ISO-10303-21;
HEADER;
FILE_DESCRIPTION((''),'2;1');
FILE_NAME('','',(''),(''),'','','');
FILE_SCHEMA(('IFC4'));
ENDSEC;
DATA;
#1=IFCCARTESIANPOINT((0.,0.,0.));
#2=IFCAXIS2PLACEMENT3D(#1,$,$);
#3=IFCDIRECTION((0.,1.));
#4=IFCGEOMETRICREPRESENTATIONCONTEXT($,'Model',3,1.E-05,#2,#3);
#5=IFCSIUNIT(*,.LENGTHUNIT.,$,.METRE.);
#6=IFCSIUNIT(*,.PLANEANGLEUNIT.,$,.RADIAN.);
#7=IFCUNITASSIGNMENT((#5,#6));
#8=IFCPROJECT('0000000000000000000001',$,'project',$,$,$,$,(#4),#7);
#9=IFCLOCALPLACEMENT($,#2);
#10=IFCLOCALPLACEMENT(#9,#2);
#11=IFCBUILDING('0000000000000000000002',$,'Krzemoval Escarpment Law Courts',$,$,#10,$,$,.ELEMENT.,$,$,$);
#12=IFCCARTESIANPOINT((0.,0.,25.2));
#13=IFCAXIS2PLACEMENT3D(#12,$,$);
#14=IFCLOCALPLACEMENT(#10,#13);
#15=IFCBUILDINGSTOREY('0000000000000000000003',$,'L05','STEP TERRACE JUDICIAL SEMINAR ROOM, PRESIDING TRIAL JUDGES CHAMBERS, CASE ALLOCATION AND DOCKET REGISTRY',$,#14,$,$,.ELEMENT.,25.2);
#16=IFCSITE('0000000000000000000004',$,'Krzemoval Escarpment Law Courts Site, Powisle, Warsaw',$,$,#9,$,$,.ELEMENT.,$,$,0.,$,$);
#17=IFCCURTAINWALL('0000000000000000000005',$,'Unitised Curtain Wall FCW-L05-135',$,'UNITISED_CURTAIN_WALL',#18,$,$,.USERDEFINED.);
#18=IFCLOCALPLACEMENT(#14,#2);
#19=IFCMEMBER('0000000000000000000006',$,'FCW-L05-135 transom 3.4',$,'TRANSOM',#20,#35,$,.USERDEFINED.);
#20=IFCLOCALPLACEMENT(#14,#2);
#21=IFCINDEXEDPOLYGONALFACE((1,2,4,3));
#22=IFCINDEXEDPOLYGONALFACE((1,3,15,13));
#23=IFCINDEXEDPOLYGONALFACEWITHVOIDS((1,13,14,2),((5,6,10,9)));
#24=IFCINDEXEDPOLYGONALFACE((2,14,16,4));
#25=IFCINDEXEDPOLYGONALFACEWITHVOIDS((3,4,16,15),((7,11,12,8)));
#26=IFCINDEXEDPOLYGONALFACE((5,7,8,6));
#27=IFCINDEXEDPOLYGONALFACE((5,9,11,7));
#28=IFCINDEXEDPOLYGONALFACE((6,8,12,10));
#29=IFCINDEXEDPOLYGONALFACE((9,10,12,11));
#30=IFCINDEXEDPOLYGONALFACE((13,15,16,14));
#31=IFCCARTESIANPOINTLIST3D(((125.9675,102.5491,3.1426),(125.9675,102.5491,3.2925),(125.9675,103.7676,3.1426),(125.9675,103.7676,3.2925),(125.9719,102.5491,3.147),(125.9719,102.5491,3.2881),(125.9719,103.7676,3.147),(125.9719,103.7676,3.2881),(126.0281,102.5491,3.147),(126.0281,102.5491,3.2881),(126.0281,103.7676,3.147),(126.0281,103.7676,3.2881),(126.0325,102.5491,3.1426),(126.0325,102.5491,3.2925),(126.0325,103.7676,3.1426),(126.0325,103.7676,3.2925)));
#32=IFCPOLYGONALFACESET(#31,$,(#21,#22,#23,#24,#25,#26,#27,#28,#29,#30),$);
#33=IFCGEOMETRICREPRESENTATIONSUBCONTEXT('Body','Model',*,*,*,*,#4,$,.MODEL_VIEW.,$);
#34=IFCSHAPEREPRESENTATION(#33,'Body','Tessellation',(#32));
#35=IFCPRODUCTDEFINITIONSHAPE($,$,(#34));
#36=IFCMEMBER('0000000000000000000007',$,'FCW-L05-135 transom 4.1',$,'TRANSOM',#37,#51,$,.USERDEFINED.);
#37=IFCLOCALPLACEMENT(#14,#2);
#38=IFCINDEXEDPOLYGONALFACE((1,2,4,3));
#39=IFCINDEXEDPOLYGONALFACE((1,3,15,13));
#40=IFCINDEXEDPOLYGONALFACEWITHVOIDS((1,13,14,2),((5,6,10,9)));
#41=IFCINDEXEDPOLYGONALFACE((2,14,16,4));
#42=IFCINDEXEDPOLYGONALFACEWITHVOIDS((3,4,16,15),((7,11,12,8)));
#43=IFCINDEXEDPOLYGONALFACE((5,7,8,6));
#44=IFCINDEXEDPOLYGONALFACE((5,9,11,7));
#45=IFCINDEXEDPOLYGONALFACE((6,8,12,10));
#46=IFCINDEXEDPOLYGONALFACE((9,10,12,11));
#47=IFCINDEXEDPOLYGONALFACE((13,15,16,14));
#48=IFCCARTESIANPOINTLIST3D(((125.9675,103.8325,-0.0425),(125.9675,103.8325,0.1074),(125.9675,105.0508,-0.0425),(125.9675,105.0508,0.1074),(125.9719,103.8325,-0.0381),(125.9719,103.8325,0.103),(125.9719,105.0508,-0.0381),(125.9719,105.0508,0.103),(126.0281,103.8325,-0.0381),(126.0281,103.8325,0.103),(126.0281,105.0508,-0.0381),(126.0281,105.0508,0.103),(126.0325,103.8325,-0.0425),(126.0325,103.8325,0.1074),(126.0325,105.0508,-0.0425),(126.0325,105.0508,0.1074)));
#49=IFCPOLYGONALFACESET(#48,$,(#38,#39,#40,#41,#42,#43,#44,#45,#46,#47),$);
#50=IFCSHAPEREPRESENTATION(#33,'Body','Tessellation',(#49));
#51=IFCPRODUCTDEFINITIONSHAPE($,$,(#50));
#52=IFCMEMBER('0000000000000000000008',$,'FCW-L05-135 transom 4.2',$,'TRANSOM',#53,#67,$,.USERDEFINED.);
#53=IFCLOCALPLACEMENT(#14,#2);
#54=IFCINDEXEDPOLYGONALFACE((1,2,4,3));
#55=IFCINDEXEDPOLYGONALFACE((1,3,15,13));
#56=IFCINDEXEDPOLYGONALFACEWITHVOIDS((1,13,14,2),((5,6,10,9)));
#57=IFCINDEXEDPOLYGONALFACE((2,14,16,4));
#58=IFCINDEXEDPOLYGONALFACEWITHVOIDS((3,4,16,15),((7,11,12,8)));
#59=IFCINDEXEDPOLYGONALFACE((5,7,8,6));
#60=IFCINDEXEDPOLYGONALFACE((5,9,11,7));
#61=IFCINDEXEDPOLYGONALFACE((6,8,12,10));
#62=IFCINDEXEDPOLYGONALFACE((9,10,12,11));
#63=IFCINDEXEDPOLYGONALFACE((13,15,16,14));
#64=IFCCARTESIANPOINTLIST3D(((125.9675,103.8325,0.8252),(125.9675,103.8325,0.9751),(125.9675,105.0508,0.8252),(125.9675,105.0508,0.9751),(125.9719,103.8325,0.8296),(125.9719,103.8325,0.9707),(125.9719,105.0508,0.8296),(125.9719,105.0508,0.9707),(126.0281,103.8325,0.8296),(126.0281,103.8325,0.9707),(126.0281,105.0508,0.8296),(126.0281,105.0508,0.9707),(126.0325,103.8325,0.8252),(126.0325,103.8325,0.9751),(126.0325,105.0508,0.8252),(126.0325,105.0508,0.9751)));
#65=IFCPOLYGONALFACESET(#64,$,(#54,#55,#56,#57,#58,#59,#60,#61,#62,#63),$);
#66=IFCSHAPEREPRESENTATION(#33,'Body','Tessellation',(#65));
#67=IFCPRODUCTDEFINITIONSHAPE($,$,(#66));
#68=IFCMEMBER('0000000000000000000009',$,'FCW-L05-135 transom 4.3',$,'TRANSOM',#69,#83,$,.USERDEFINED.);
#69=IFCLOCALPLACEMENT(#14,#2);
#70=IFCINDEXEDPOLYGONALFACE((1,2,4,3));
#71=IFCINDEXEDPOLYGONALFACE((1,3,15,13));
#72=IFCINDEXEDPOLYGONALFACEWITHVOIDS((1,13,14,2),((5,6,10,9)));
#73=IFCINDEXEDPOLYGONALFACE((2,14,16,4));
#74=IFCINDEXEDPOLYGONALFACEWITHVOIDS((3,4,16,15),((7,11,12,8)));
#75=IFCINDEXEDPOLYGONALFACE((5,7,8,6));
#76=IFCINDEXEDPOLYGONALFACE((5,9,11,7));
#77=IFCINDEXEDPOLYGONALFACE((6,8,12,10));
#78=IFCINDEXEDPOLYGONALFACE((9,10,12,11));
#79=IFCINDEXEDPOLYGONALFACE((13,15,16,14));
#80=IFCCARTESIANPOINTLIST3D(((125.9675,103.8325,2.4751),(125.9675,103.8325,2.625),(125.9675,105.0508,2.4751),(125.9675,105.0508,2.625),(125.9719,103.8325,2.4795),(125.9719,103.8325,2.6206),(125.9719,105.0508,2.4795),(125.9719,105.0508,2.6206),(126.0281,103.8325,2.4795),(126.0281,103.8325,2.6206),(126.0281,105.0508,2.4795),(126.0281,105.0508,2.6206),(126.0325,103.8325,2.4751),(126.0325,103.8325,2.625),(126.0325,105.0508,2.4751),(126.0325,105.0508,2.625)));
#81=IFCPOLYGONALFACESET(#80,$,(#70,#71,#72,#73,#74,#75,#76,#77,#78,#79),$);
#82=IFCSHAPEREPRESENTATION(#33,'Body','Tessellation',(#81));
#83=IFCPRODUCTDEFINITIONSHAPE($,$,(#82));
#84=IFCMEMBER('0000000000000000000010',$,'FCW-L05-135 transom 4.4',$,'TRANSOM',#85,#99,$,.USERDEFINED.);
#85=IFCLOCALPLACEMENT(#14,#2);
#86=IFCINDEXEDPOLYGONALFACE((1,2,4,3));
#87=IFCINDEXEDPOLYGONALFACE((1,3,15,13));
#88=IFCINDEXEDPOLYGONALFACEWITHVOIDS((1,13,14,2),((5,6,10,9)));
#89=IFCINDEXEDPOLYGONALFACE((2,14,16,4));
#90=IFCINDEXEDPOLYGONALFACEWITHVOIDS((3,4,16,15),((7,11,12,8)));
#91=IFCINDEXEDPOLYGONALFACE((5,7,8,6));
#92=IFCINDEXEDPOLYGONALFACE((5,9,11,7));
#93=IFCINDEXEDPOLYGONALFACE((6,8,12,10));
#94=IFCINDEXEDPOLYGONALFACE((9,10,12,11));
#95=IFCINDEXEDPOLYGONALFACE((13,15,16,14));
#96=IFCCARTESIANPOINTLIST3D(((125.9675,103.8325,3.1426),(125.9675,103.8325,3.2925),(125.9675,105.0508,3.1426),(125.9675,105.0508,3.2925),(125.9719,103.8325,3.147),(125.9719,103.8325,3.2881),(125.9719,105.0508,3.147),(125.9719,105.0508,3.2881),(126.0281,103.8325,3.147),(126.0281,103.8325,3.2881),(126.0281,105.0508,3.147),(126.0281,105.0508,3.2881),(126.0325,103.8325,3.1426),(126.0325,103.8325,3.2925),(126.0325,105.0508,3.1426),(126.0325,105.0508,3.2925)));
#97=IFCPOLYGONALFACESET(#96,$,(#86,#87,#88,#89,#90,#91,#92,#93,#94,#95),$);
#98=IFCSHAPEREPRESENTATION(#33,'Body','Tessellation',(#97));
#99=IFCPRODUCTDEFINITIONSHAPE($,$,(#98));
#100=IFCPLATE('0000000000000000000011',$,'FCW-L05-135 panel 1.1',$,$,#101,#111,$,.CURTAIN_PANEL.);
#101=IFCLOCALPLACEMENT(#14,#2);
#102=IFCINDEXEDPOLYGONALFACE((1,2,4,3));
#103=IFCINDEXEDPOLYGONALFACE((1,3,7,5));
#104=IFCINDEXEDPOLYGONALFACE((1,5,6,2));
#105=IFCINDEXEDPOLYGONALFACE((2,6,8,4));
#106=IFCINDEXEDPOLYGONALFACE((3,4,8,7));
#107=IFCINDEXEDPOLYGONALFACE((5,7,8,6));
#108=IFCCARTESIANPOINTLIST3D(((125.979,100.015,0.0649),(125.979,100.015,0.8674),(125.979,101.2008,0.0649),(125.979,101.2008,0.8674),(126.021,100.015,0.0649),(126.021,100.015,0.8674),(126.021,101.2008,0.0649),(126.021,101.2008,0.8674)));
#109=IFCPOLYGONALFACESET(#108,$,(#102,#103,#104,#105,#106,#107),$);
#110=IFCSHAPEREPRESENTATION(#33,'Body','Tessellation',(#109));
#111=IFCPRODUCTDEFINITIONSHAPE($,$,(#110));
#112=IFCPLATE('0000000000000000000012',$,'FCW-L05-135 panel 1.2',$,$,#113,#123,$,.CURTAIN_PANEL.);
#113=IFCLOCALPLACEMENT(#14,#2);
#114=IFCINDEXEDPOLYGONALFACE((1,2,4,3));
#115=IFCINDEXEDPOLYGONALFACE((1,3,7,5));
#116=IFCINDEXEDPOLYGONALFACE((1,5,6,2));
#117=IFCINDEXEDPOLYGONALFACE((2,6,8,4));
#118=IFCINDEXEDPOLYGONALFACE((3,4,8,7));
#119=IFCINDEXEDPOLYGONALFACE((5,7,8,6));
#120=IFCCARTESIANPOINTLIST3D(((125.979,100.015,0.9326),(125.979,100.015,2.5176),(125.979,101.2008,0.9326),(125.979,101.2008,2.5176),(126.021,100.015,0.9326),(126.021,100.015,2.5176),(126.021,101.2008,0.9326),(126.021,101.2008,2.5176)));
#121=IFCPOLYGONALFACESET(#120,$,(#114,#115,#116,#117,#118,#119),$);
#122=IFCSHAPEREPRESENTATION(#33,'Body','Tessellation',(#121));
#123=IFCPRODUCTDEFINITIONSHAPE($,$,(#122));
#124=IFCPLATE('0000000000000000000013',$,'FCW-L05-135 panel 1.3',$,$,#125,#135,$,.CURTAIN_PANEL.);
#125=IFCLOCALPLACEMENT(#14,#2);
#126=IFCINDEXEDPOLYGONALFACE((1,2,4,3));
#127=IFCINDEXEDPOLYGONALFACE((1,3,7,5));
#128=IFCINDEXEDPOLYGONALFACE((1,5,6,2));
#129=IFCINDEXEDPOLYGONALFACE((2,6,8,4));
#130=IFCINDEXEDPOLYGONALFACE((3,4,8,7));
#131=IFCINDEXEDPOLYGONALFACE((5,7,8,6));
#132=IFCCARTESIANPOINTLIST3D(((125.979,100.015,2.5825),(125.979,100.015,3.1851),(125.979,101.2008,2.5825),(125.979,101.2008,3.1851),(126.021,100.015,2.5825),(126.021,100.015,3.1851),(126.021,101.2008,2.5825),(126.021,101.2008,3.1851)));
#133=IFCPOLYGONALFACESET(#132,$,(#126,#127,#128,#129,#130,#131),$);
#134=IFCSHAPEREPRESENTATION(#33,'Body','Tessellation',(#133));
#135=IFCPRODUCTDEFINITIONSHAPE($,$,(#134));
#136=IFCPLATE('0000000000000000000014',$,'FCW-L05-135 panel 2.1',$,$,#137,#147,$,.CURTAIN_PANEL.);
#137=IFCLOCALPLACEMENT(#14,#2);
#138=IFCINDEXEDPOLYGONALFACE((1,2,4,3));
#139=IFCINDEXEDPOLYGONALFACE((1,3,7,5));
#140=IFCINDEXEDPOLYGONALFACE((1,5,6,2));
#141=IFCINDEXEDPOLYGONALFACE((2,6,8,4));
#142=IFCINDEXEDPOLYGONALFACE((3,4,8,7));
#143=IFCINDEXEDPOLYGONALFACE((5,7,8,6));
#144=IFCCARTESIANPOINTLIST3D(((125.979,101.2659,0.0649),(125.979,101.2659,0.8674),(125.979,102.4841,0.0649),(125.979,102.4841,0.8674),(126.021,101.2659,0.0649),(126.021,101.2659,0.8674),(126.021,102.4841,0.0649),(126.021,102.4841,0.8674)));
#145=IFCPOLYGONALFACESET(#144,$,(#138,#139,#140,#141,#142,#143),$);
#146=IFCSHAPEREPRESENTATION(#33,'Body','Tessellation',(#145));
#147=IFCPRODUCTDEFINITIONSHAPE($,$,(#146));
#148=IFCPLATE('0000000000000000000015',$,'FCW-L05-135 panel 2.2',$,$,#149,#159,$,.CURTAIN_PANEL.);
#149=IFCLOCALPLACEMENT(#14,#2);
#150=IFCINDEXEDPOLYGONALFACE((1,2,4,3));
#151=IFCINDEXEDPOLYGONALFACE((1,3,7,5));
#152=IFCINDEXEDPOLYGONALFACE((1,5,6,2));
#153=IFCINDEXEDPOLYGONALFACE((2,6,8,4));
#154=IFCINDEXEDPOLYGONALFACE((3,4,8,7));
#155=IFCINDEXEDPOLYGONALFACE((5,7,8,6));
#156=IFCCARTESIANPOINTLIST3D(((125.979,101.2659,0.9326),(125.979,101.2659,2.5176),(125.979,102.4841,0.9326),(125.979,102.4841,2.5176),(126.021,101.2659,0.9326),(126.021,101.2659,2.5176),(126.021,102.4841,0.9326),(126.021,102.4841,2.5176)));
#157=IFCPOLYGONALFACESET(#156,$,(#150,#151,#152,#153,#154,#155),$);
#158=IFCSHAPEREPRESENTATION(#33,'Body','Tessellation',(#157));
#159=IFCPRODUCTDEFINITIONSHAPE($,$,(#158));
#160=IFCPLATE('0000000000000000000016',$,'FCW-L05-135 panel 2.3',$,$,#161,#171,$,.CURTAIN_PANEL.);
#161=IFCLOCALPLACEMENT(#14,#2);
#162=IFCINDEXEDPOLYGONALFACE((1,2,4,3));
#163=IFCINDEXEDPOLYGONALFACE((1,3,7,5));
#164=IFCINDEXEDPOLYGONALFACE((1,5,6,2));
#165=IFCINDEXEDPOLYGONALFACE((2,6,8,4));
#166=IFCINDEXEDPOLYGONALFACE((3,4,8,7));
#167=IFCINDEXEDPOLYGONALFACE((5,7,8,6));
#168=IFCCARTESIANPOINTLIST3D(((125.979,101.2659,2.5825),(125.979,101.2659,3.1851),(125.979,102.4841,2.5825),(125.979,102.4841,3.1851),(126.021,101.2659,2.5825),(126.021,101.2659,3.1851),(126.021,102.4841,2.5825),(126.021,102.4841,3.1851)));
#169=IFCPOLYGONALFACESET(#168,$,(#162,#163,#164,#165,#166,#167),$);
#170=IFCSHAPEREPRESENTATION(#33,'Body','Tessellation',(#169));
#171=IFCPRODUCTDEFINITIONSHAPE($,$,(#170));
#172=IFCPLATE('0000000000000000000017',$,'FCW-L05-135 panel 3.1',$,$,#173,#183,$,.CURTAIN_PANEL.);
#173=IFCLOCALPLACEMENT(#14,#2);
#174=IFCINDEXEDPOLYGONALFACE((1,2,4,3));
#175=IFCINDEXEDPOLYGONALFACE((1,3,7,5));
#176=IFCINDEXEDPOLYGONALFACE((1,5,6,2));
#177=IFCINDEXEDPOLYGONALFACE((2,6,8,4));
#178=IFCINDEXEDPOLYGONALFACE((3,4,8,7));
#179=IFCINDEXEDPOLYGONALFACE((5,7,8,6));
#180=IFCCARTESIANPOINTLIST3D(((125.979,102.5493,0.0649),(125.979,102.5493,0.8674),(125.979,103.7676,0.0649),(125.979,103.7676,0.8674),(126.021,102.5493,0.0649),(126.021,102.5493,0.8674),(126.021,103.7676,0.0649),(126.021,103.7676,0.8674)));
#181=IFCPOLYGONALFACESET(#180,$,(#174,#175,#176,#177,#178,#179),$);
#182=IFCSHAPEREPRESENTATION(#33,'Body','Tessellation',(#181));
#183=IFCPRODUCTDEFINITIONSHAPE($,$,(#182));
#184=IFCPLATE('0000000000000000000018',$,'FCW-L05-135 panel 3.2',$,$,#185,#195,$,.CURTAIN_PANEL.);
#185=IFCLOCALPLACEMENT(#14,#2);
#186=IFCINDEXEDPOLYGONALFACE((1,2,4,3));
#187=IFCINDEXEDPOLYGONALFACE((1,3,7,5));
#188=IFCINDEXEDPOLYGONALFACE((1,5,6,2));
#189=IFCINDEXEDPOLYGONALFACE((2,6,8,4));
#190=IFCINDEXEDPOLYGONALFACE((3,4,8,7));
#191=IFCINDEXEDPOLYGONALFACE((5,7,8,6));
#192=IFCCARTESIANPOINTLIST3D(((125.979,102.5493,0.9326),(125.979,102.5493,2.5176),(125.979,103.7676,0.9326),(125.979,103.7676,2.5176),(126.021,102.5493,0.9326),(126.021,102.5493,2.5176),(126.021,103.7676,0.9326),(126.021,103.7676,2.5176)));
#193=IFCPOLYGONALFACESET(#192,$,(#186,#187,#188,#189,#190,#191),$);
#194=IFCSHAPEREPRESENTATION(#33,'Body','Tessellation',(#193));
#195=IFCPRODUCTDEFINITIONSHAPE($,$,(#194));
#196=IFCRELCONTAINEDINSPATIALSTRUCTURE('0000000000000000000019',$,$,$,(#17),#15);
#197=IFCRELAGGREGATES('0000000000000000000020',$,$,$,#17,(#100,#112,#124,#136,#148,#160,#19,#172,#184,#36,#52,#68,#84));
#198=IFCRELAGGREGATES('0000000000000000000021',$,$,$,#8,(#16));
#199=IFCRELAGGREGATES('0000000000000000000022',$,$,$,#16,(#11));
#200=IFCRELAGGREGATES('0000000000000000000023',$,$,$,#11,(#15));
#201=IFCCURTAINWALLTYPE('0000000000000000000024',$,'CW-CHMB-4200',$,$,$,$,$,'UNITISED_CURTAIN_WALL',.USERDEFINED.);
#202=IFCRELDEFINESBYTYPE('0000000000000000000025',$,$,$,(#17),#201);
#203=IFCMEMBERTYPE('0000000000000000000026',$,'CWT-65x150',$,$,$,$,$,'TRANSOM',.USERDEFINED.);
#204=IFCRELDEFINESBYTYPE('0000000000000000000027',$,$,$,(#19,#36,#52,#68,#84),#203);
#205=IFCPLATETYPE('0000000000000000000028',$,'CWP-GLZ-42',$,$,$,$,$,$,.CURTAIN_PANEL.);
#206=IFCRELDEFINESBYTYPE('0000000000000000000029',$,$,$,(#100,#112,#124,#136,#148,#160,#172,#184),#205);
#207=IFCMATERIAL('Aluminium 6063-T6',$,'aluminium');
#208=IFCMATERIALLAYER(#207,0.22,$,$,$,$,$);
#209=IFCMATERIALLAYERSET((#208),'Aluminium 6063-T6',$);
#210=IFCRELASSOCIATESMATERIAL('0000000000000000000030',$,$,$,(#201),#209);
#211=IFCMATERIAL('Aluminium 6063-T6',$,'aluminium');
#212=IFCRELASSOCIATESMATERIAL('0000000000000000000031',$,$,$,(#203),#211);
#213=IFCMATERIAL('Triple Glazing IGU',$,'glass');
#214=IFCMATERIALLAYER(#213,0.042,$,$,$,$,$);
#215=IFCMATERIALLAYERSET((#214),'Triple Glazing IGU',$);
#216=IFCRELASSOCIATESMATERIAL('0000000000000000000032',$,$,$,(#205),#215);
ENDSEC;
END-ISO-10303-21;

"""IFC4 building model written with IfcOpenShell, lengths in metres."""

from ifc_helpers import new_model, si_unit, direction, frame, origin, origin_2d, place, context, subcontext, project, spatial, rectangle, hollow_rectangle, extrude, material, layer, layer_set, material_profile, profile_set, type_object, element, aggregate, save


model = new_model("IFC4")

# Units and contexts
model_context = context("Model", 3, precision=1e-05, world=origin(), true_north=direction((0.0, 1.0)))
body_context = subcontext(model_context, "Body", "Model", "MODEL_VIEW")
ifc_project = project(units=[si_unit("LENGTHUNIT", "METRE"), si_unit("PLANEANGLEUNIT", "RADIAN")], contexts=[model_context])

# Site, building, storey
site_placement = place(None, origin())
site = spatial("IfcSite", under=ifc_project, at=site_placement, Name="Krzemoval Escarpment Law Courts Site, Powisle, Warsaw", CompositionType="ELEMENT", RefElevation=0.0)
building_placement = place(site_placement, origin())
building = spatial("IfcBuilding", under=site, at=building_placement, Name="Krzemoval Escarpment Law Courts", CompositionType="ELEMENT")
storey_placement = place(building_placement, frame((0.0, 0.0, 25.2)))
storey = spatial("IfcBuildingStorey", under=building, at=storey_placement, Name="L05", Description="STEP TERRACE JUDICIAL SEMINAR ROOM, PRESIDING TRIAL JUDGES CHAMBERS, CASE ALLOCATION AND DOCKET REGISTRY", CompositionType="ELEMENT", Elevation=25.2)

# Curtain wall, members, plates
ifc_material_1 = material(Name="Aluminium 6063-T6", Category="aluminium")
ifc_layer_1 = layer(ifc_material_1, 0.22)
ifc_layer_set_1 = layer_set([ifc_layer_1], Name="Aluminium 6063-T6")
curtain_wall_type = type_object("IfcCurtainWallType", Name="CW-CHMB-4200", ElementType="UNITISED_CURTAIN_WALL", PredefinedType="USERDEFINED", material=ifc_layer_set_1)
curtain_wall_placement = place(storey_placement, origin())
curtain_wall = element("IfcCurtainWall", 1, at=curtain_wall_placement, inside=storey, type_object=curtain_wall_type, Name="Unitised Curtain Wall FCW-L05-135", ObjectType="UNITISED_CURTAIN_WALL", PredefinedType="USERDEFINED")
ifc_material_2 = material(Name="Aluminium 6063-T6", Category="aluminium")
ifc_material_profile_1 = material_profile(ifc_material_2, hollow_rectangle(XDim=0.0649, YDim=0.1499, WallThickness=0.0044, at=origin_2d()), Name="ALU T65x150")
ifc_profile_set_1 = profile_set([ifc_material_profile_1], Name="Aluminium 6063-T6")
member_type_1 = type_object("IfcMemberType", Name="CWT-65x150", ElementType="TRANSOM", PredefinedType="USERDEFINED", material=ifc_profile_set_1)
member_1_placement = place(storey_placement, frame((126.0, 102.5491, 3.2175), z_axis=(0.0, 1.0, 0.0), x_axis=(-1.0, 0.0, 0.0)))
member_1 = element("IfcMember", 2, at=member_1_placement, type_object=member_type_1, Name="FCW-L05-135 transom 3.4", ObjectType="TRANSOM", PredefinedType="USERDEFINED", context=body_context, shape_type="SweptSolid", body=[
    extrude(hollow_rectangle(XDim=0.0649, YDim=0.1499, WallThickness=0.0044, at=origin_2d()), origin(), (0.0, 0.0, 1.0), 1.2185),
])
member_2_placement = place(storey_placement, frame((126.0, 103.8325, 0.0325), z_axis=(0.0, 1.0, 0.0), x_axis=(-1.0, 0.0, 0.0)))
member_2 = element("IfcMember", 3, at=member_2_placement, type_object=member_type_1, Name="FCW-L05-135 transom 4.1", ObjectType="TRANSOM", PredefinedType="USERDEFINED", context=body_context, shape_type="SweptSolid", body=[
    extrude(hollow_rectangle(XDim=0.0649, YDim=0.1499, WallThickness=0.0044, at=origin_2d()), origin(), (0.0, 0.0, 1.0), 1.2183),
])
member_3_placement = place(storey_placement, frame((126.0, 103.8325, 0.9001), z_axis=(0.0, 1.0, 0.0), x_axis=(-1.0, 0.0, 0.0)))
member_3 = element("IfcMember", 4, at=member_3_placement, type_object=member_type_1, Name="FCW-L05-135 transom 4.2", ObjectType="TRANSOM", PredefinedType="USERDEFINED", context=body_context, shape_type="SweptSolid", body=[
    extrude(hollow_rectangle(XDim=0.0649, YDim=0.1499, WallThickness=0.0044, at=origin_2d()), origin(), (0.0, 0.0, 1.0), 1.2183),
])
member_4_placement = place(storey_placement, frame((126.0, 103.8325, 2.55), z_axis=(0.0, 1.0, 0.0), x_axis=(-1.0, 0.0, 0.0)))
member_4 = element("IfcMember", 5, at=member_4_placement, type_object=member_type_1, Name="FCW-L05-135 transom 4.3", ObjectType="TRANSOM", PredefinedType="USERDEFINED", context=body_context, shape_type="SweptSolid", body=[
    extrude(hollow_rectangle(XDim=0.0649, YDim=0.1499, WallThickness=0.0044, at=origin_2d()), origin(), (0.0, 0.0, 1.0), 1.2183),
])
member_5_placement = place(storey_placement, frame((126.0, 103.8325, 3.2175), z_axis=(0.0, 1.0, 0.0), x_axis=(-1.0, 0.0, 0.0)))
member_5 = element("IfcMember", 6, at=member_5_placement, type_object=member_type_1, Name="FCW-L05-135 transom 4.4", ObjectType="TRANSOM", PredefinedType="USERDEFINED", context=body_context, shape_type="SweptSolid", body=[
    extrude(hollow_rectangle(XDim=0.0649, YDim=0.1499, WallThickness=0.0044, at=origin_2d()), origin(), (0.0, 0.0, 1.0), 1.2183),
])
ifc_material_3 = material(Name="Triple Glazing IGU", Category="glass")
ifc_layer_2 = layer(ifc_material_3, 0.042)
ifc_layer_set_2 = layer_set([ifc_layer_2], Name="Triple Glazing IGU")
plate_type = type_object("IfcPlateType", Name="CWP-GLZ-42", PredefinedType="CURTAIN_PANEL", material=ifc_layer_set_2)
plate_1_placement = place(storey_placement, frame((126.0, 100.6079, 0.0649), z_axis=(0.0, 0.0, 1.0), x_axis=(0.0, 1.0, 0.0)))
plate_1 = element("IfcPlate", 7, at=plate_1_placement, type_object=plate_type, Name="FCW-L05-135 panel 1.1", PredefinedType="CURTAIN_PANEL", context=body_context, shape_type="SweptSolid", body=[
    extrude(rectangle(XDim=1.1858, YDim=0.042, at=origin_2d()), origin(), (0.0, 0.0, 1.0), 0.8025),
])
plate_2_placement = place(storey_placement, frame((126.0, 100.6079, 0.9326), z_axis=(0.0, 0.0, 1.0), x_axis=(0.0, 1.0, 0.0)))
plate_2 = element("IfcPlate", 8, at=plate_2_placement, type_object=plate_type, Name="FCW-L05-135 panel 1.2", PredefinedType="CURTAIN_PANEL", context=body_context, shape_type="SweptSolid", body=[
    extrude(rectangle(XDim=1.1858, YDim=0.042, at=origin_2d()), origin(), (0.0, 0.0, 1.0), 1.585),
])
plate_3_placement = place(storey_placement, frame((126.0, 100.6079, 2.5825), z_axis=(0.0, 0.0, 1.0), x_axis=(0.0, 1.0, 0.0)))
plate_3 = element("IfcPlate", 9, at=plate_3_placement, type_object=plate_type, Name="FCW-L05-135 panel 1.3", PredefinedType="CURTAIN_PANEL", context=body_context, shape_type="SweptSolid", body=[
    extrude(rectangle(XDim=1.1858, YDim=0.042, at=origin_2d()), origin(), (0.0, 0.0, 1.0), 0.6025),
])
plate_4_placement = place(storey_placement, frame((126.0, 101.875, 0.0649), z_axis=(0.0, 0.0, 1.0), x_axis=(0.0, 1.0, 0.0)))
plate_4 = element("IfcPlate", 10, at=plate_4_placement, type_object=plate_type, Name="FCW-L05-135 panel 2.1", PredefinedType="CURTAIN_PANEL", context=body_context, shape_type="SweptSolid", body=[
    extrude(rectangle(XDim=1.2183, YDim=0.042, at=origin_2d()), origin(), (0.0, 0.0, 1.0), 0.8025),
])
plate_5_placement = place(storey_placement, frame((126.0, 101.875, 0.9326), z_axis=(0.0, 0.0, 1.0), x_axis=(0.0, 1.0, 0.0)))
plate_5 = element("IfcPlate", 11, at=plate_5_placement, type_object=plate_type, Name="FCW-L05-135 panel 2.2", PredefinedType="CURTAIN_PANEL", context=body_context, shape_type="SweptSolid", body=[
    extrude(rectangle(XDim=1.2183, YDim=0.042, at=origin_2d()), origin(), (0.0, 0.0, 1.0), 1.585),
])
plate_6_placement = place(storey_placement, frame((126.0, 101.875, 2.5825), z_axis=(0.0, 0.0, 1.0), x_axis=(0.0, 1.0, 0.0)))
plate_6 = element("IfcPlate", 12, at=plate_6_placement, type_object=plate_type, Name="FCW-L05-135 panel 2.3", PredefinedType="CURTAIN_PANEL", context=body_context, shape_type="SweptSolid", body=[
    extrude(rectangle(XDim=1.2183, YDim=0.042, at=origin_2d()), origin(), (0.0, 0.0, 1.0), 0.6025),
])
plate_7_placement = place(storey_placement, frame((126.0, 103.1584, 0.0649), z_axis=(0.0, 0.0, 1.0), x_axis=(0.0, 1.0, 0.0)))
plate_7 = element("IfcPlate", 13, at=plate_7_placement, type_object=plate_type, Name="FCW-L05-135 panel 3.1", PredefinedType="CURTAIN_PANEL", context=body_context, shape_type="SweptSolid", body=[
    extrude(rectangle(XDim=1.2183, YDim=0.042, at=origin_2d()), origin(), (0.0, 0.0, 1.0), 0.8025),
])
plate_8_placement = place(storey_placement, frame((126.0, 103.1584, 0.9326), z_axis=(0.0, 0.0, 1.0), x_axis=(0.0, 1.0, 0.0)))
plate_8 = element("IfcPlate", 14, at=plate_8_placement, type_object=plate_type, Name="FCW-L05-135 panel 3.2", PredefinedType="CURTAIN_PANEL", context=body_context, shape_type="SweptSolid", body=[
    extrude(rectangle(XDim=1.2183, YDim=0.042, at=origin_2d()), origin(), (0.0, 0.0, 1.0), 1.585),
])
aggregate(curtain_wall, [plate_1, plate_2, plate_3, plate_4, plate_5, plate_6, member_1, plate_7, plate_8, member_2, member_3, member_4, member_5])

save(model, "model.ifc")
